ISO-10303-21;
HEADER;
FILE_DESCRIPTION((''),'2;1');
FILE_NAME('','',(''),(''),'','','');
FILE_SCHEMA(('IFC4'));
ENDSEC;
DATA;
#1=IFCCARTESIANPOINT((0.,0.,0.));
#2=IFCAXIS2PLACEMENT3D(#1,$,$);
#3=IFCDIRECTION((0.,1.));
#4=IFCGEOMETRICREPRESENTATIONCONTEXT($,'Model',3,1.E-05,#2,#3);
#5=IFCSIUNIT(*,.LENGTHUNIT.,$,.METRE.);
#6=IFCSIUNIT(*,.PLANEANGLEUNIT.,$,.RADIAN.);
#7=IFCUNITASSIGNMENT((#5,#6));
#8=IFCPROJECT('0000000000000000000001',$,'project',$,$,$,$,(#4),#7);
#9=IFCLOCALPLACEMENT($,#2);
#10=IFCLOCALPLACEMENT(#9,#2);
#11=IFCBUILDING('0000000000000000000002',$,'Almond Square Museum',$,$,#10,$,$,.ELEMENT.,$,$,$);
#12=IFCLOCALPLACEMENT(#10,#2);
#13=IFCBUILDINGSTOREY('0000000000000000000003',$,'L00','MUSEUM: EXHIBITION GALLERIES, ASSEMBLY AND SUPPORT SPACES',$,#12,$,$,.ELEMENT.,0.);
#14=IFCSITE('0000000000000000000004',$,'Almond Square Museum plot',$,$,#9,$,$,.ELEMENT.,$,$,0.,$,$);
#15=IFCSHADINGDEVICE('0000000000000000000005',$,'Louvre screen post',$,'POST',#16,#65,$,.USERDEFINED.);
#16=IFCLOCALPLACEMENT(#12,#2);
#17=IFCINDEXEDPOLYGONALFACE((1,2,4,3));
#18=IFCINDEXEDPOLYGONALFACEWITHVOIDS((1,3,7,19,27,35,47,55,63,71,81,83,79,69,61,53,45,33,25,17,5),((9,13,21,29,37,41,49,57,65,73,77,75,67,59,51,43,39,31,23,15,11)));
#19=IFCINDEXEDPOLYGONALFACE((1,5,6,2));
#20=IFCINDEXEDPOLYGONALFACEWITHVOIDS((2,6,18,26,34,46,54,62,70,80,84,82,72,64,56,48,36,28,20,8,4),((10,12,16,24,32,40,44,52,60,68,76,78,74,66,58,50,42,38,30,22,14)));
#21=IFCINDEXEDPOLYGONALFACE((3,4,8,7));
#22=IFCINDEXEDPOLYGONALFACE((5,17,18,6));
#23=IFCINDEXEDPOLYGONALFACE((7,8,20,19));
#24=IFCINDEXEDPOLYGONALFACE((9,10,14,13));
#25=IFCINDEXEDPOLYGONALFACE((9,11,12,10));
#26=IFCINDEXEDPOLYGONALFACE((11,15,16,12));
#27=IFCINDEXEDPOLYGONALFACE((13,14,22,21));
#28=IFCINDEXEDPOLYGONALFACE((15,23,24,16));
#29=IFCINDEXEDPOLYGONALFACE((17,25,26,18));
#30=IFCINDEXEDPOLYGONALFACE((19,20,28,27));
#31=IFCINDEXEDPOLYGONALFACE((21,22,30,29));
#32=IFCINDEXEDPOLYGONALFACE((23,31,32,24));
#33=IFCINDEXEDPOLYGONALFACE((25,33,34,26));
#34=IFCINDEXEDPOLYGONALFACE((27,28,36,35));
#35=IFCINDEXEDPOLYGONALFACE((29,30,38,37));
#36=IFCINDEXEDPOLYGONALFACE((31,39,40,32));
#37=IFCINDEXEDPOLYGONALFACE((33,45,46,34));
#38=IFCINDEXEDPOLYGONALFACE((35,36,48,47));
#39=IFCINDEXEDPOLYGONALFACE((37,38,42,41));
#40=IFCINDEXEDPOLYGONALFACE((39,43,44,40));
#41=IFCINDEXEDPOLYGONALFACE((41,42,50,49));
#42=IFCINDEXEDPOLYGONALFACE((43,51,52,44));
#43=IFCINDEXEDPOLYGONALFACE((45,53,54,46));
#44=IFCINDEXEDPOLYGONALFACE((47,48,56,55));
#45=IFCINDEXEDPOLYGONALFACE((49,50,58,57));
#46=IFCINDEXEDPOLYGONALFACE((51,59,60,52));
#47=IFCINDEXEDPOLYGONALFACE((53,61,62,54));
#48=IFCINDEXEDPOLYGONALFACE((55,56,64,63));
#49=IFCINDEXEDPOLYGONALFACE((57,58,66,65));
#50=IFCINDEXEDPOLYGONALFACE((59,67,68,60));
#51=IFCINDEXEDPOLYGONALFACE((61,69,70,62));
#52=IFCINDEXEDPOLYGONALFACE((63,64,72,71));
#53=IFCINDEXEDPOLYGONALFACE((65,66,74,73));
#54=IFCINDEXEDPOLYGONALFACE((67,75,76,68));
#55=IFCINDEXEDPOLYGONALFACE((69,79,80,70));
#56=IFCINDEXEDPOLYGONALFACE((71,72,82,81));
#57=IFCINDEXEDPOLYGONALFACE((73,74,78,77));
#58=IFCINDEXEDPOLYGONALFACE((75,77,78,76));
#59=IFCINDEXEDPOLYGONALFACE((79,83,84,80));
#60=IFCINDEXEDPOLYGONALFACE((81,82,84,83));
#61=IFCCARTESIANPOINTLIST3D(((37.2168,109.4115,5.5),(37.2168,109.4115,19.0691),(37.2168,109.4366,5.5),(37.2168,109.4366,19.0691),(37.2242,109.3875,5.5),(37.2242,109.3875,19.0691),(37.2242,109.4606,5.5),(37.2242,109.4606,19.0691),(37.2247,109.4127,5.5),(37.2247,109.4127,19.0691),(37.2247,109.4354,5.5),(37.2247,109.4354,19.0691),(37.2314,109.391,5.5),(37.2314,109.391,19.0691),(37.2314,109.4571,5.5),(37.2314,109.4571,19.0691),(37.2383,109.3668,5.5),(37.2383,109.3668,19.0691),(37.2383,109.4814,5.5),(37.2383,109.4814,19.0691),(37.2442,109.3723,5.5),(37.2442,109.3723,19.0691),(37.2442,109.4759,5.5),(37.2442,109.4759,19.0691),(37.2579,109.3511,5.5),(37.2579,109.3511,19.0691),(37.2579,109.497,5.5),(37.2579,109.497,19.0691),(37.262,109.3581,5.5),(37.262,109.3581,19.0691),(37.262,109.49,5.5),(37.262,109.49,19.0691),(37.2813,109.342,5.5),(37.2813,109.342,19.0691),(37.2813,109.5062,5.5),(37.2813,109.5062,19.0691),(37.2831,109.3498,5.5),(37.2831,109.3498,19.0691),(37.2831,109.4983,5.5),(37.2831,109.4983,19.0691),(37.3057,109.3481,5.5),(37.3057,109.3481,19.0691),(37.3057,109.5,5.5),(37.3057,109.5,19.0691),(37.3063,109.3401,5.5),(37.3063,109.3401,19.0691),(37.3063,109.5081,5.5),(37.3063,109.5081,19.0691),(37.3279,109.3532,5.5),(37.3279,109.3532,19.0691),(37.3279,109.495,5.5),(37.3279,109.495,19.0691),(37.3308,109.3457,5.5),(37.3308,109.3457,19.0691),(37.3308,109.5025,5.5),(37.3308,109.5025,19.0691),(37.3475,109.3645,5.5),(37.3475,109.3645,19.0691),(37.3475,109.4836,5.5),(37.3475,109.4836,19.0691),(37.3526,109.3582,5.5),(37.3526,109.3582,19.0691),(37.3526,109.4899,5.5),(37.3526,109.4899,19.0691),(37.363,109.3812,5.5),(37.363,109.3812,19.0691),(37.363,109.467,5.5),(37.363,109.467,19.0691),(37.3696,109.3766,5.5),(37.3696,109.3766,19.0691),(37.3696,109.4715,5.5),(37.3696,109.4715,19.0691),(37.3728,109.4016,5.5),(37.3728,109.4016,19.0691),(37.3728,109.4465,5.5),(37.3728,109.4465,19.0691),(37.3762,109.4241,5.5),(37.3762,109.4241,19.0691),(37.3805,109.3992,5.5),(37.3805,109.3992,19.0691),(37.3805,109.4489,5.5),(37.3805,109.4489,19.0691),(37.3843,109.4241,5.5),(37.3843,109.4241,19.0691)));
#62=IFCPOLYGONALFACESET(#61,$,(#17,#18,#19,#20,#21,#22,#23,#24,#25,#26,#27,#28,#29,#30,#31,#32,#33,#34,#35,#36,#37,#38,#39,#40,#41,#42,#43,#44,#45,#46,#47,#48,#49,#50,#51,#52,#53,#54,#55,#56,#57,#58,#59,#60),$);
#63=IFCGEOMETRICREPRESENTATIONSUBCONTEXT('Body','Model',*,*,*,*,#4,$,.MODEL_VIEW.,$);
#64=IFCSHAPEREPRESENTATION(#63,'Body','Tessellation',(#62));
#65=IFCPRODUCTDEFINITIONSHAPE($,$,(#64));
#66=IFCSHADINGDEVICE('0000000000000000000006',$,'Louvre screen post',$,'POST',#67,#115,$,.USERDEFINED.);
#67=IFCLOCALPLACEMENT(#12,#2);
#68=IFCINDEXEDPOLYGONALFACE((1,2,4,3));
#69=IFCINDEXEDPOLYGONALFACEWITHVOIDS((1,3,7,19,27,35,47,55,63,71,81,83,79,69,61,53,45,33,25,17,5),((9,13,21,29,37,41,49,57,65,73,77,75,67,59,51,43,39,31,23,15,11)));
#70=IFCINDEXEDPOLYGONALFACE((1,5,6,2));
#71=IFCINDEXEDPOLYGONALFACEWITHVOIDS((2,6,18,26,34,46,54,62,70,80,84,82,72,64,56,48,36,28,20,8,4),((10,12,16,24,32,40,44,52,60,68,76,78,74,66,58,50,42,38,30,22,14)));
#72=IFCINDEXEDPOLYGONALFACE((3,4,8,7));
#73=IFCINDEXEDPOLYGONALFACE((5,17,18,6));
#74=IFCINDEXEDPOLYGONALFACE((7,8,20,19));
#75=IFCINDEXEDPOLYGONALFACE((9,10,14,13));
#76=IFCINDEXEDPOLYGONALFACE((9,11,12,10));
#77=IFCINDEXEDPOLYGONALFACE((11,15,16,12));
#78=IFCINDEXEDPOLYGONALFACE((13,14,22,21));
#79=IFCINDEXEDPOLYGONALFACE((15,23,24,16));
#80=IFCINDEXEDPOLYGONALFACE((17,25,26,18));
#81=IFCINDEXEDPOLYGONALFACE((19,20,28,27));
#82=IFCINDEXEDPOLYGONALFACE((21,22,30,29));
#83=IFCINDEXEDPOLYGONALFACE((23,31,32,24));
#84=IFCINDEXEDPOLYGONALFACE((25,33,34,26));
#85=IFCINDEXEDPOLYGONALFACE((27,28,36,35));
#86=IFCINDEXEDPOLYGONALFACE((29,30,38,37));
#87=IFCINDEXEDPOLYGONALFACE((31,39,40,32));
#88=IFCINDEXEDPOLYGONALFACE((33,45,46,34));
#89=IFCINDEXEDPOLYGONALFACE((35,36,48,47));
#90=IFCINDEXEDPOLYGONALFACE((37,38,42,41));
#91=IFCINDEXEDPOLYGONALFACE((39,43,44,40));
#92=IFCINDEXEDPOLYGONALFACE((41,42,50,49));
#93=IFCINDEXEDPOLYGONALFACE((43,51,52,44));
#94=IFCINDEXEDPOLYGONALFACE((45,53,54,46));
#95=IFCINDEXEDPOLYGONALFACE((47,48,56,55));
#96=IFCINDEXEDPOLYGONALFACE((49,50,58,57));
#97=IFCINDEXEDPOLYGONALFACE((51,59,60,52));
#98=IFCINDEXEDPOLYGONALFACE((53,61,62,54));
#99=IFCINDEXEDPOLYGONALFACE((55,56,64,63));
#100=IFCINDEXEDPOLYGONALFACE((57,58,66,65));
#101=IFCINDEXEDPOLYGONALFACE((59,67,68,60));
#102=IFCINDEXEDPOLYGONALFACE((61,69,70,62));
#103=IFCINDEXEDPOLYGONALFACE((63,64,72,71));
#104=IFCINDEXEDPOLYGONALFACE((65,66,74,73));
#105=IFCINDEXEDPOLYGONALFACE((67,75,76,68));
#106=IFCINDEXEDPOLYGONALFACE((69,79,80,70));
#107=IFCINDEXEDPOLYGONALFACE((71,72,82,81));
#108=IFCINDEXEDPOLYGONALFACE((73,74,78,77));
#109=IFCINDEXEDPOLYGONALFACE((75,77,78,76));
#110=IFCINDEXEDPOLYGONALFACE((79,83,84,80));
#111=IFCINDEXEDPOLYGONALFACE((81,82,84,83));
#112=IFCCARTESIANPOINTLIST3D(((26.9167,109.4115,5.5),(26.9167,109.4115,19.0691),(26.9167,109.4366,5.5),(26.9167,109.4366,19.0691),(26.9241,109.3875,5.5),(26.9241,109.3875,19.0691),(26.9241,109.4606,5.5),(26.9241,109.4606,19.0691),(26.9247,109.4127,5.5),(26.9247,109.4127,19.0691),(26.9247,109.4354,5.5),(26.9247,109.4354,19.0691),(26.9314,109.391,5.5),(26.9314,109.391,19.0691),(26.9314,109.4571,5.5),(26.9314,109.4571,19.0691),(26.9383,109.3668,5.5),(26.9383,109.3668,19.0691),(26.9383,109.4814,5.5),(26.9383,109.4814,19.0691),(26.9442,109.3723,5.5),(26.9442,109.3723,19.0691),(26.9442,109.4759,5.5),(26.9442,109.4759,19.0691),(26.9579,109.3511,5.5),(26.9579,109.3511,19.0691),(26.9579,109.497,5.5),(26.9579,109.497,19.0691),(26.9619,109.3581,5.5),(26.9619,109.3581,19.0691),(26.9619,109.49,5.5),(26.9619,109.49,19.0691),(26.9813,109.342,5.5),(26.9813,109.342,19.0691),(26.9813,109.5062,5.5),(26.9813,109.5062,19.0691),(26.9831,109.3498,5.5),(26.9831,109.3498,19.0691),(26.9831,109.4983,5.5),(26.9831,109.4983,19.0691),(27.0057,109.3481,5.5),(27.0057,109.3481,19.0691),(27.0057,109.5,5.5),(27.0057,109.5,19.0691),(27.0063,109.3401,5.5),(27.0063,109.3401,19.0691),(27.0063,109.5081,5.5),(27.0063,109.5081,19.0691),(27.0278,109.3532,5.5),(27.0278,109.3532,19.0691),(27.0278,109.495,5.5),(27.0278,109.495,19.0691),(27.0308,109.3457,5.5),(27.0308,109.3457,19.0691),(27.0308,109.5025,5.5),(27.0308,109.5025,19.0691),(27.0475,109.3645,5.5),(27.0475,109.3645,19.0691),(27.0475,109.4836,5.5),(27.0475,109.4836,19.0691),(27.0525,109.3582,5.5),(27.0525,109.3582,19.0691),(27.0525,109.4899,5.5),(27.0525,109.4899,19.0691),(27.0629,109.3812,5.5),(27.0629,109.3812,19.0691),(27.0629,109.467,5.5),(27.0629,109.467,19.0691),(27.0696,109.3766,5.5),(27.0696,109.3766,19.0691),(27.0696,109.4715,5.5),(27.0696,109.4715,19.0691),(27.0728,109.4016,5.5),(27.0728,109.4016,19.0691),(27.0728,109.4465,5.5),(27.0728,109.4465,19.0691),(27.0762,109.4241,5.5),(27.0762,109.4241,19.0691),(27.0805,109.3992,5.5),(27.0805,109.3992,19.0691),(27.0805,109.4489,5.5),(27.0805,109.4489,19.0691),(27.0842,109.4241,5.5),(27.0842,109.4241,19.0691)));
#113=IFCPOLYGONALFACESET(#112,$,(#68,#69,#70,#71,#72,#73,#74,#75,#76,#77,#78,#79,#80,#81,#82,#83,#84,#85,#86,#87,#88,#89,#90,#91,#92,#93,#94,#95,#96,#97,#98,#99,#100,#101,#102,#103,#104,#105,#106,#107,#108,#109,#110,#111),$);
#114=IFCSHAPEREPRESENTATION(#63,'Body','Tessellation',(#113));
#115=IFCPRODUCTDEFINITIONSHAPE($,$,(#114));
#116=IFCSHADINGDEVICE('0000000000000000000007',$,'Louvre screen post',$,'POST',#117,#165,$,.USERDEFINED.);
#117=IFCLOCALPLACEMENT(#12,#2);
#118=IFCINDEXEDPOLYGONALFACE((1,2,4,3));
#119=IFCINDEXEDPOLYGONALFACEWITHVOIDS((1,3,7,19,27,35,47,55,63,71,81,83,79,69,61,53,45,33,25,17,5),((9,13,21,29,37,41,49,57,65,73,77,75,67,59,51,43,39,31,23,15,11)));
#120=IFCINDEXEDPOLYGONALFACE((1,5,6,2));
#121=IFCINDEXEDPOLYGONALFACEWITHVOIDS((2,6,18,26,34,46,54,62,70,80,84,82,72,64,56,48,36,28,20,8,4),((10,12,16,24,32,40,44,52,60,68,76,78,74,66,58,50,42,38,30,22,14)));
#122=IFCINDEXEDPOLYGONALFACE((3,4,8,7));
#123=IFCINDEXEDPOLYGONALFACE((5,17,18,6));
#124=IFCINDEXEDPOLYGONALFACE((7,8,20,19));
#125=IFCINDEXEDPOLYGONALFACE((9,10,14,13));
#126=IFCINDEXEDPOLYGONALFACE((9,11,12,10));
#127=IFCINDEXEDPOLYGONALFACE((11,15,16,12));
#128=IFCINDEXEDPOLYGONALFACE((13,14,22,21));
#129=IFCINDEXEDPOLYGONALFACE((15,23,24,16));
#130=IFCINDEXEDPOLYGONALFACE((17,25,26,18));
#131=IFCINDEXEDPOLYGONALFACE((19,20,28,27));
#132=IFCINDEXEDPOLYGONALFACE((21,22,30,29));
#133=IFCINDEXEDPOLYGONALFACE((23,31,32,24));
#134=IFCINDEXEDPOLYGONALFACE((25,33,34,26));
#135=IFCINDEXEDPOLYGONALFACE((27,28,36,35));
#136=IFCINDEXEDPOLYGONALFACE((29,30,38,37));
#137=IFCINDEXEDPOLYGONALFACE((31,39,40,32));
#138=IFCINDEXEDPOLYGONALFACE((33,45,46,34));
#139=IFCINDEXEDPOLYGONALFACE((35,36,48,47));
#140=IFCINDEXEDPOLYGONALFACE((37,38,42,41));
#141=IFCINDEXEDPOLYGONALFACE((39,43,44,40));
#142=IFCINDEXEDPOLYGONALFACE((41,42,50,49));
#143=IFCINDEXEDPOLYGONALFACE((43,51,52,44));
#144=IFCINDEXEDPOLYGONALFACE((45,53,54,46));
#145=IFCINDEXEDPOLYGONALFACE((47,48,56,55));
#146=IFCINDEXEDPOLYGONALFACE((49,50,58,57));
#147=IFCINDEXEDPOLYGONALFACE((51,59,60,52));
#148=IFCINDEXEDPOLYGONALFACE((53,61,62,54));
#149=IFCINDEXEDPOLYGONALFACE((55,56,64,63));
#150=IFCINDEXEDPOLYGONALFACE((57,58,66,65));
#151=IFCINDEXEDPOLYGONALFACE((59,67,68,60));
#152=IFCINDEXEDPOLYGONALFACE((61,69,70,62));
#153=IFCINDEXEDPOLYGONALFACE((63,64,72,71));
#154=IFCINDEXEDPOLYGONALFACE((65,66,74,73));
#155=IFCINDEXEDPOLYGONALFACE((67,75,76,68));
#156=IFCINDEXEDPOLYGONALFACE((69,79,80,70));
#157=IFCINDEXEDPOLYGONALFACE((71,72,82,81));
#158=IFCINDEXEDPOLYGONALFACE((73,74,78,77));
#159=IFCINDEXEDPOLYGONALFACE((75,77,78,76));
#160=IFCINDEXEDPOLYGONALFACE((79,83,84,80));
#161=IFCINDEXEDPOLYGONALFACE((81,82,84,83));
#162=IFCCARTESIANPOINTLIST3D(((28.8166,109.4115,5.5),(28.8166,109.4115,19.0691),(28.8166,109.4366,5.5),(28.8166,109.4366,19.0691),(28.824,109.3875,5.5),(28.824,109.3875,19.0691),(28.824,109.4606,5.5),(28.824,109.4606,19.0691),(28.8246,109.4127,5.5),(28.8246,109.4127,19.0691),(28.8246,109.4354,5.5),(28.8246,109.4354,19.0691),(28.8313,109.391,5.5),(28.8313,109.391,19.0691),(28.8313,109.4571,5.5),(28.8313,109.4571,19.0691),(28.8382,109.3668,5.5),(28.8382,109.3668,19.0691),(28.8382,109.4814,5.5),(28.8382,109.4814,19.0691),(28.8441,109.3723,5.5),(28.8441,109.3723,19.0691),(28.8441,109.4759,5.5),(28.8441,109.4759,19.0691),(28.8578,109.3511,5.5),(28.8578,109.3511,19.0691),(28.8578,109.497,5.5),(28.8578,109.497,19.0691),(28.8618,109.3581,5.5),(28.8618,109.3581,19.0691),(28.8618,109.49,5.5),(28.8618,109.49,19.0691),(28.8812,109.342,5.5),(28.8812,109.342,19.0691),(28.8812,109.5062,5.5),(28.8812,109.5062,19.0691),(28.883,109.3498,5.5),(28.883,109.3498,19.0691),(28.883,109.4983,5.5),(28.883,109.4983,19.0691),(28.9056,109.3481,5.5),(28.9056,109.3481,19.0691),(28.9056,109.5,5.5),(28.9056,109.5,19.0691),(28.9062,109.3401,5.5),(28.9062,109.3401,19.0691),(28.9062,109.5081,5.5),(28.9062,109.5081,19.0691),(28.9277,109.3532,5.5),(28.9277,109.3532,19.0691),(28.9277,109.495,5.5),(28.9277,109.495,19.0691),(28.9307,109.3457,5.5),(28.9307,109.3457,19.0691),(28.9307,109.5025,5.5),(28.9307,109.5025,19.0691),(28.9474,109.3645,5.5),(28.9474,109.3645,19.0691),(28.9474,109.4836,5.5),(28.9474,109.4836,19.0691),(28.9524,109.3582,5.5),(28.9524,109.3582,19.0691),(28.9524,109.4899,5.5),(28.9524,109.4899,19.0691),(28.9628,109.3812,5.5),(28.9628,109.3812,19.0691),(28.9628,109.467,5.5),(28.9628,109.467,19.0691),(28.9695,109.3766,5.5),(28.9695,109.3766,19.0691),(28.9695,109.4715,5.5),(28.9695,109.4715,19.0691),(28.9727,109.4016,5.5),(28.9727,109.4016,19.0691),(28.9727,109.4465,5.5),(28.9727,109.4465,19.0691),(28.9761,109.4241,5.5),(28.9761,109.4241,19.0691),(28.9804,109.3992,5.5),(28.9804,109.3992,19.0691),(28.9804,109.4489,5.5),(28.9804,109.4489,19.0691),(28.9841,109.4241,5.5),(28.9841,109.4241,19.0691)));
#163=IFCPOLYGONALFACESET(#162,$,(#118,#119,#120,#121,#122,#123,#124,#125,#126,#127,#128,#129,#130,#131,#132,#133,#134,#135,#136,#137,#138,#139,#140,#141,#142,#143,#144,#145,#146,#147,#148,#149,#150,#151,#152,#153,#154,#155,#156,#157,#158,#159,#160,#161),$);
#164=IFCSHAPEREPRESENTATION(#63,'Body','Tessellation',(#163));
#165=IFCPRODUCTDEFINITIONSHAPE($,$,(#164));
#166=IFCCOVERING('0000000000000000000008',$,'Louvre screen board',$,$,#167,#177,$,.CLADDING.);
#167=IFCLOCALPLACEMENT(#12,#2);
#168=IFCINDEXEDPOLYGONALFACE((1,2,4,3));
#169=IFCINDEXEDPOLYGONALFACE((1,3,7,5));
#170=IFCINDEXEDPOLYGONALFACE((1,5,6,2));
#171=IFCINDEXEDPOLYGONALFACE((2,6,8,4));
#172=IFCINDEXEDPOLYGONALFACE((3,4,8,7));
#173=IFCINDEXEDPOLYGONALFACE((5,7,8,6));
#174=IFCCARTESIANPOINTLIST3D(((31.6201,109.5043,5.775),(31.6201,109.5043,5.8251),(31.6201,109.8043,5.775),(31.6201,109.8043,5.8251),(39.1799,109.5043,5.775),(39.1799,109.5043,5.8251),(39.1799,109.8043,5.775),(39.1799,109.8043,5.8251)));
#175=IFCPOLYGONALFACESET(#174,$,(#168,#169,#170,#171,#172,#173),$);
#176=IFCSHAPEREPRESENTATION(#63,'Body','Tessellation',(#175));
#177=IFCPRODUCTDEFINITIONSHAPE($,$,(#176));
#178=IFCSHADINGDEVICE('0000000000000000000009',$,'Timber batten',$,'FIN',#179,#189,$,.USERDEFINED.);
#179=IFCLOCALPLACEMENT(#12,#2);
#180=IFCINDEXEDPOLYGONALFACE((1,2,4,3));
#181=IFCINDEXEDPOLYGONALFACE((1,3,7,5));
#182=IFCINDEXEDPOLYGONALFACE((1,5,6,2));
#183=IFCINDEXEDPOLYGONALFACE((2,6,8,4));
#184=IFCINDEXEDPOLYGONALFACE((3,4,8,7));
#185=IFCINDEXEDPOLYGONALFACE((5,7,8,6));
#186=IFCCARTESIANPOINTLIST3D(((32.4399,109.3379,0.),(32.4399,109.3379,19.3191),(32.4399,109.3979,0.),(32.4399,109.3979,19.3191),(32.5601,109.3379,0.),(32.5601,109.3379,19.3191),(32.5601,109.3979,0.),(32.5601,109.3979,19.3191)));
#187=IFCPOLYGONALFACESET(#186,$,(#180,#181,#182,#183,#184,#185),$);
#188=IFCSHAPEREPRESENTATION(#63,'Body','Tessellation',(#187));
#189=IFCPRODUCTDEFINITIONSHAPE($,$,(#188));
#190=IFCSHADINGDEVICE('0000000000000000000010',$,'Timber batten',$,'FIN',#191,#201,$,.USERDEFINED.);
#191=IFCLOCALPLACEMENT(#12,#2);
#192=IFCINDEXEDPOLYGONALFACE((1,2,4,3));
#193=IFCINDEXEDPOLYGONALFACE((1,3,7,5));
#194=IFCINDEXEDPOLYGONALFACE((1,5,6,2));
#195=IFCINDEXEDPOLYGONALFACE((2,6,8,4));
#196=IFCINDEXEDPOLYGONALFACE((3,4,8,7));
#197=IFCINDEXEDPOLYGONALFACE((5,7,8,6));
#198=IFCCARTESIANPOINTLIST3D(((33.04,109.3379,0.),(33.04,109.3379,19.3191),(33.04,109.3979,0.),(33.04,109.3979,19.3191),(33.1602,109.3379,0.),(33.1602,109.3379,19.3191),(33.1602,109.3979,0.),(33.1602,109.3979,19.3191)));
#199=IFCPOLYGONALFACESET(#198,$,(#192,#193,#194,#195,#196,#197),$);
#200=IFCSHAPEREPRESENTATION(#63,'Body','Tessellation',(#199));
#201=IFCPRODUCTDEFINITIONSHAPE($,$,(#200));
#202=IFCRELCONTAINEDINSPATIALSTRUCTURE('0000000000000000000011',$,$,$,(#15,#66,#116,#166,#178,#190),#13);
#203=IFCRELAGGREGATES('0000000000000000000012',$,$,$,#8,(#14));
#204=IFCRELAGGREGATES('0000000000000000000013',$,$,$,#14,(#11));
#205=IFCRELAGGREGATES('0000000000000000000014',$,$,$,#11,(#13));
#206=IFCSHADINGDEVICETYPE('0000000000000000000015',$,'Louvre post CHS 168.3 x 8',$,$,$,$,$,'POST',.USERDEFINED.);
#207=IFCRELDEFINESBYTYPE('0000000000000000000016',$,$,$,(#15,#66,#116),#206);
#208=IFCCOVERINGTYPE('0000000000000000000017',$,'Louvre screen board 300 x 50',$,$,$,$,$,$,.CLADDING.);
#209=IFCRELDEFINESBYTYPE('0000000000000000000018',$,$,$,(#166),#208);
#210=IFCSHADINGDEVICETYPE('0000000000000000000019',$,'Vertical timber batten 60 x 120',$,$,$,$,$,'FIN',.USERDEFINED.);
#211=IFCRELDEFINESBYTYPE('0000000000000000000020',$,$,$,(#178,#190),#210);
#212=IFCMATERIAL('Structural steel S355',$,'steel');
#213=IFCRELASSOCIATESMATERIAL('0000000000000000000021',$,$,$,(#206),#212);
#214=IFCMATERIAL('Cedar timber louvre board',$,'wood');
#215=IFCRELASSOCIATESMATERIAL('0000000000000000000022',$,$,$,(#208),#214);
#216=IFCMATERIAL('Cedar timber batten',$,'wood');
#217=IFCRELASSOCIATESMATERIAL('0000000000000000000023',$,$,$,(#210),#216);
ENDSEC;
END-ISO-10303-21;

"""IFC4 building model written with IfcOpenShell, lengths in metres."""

from ifc_helpers import new_model, si_unit, direction, frame, origin, origin_2d, place, context, subcontext, project, spatial, rectangle, hollow_circle, extrude, material, material_profile, profile_set, type_object, element, save


model = new_model("IFC4")

# Units and contexts
model_context = context("Model", 3, precision=1e-05, world=origin(), true_north=direction((0.0, 1.0)))
body_context = subcontext(model_context, "Body", "Model", "MODEL_VIEW")
ifc_project = project(units=[si_unit("LENGTHUNIT", "METRE"), si_unit("PLANEANGLEUNIT", "RADIAN")], contexts=[model_context])

# Site, building, storey
site_placement = place(None, origin())
site = spatial("IfcSite", under=ifc_project, at=site_placement, Name="Almond Square Museum plot", CompositionType="ELEMENT", RefElevation=0.0)
building_placement = place(site_placement, origin())
building = spatial("IfcBuilding", under=site, at=building_placement, Name="Almond Square Museum", CompositionType="ELEMENT")
storey_placement = place(building_placement, origin())
storey = spatial("IfcBuildingStorey", under=building, at=storey_placement, Name="L00", Description="MUSEUM: EXHIBITION GALLERIES, ASSEMBLY AND SUPPORT SPACES", CompositionType="ELEMENT", Elevation=0.0)

# Shading devices
ifc_material_1 = material(Name="Structural steel S355", Category="steel")
ifc_material_profile_1 = material_profile(ifc_material_1, hollow_circle(Radius=0.0842, WallThickness=0.0081, at=origin_2d()))
ifc_profile_set_1 = profile_set([ifc_material_profile_1], Name="Structural steel S355")
shading_device_type_1 = type_object("IfcShadingDeviceType", Name="Louvre post CHS 168.3 x 8", ElementType="POST", PredefinedType="USERDEFINED", material=ifc_profile_set_1)
for number, where, z_axis, x_axis, name in (
    (1, (37.3, 109.4241, 5.5), (0.0, 0.0, 1.0), (1.0, 0.0, 0.0), "Louvre screen post"),
    (2, (27.0, 109.4241, 5.5), (0.0, 0.0, 1.0), (1.0, 0.0, 0.0), "Louvre screen post"),
    (3, (28.8999, 109.4241, 5.5), (0.0, 0.0, 1.0), (1.0, 0.0, 0.0), "Louvre screen post"),
):
    element("IfcShadingDevice", number, at=place(storey_placement, frame(where, z_axis=z_axis, x_axis=x_axis)), inside=storey, type_object=shading_device_type_1, Name=name, ObjectType="POST", PredefinedType="USERDEFINED", context=body_context, shape_type="SweptSolid", body=[
        extrude(hollow_circle(Radius=0.0842, WallThickness=0.0081, at=origin_2d()), origin(), (0.0, 0.0, 1.0), 13.5691),
    ])

# Covering
ifc_material_2 = material(Name="Cedar timber louvre board", Category="wood")
ifc_material_profile_2 = material_profile(ifc_material_2, rectangle(XDim=0.3, YDim=0.05, at=origin_2d()))
ifc_profile_set_2 = profile_set([ifc_material_profile_2], Name="Cedar timber louvre board")
covering_type = type_object("IfcCoveringType", Name="Louvre screen board 300 x 50", PredefinedType="CLADDING", material=ifc_profile_set_2)
covering_placement = place(storey_placement, frame((31.6201, 109.6543, 5.8), z_axis=(1.0, 0.0, 0.0), x_axis=(0.0, 1.0, 0.0)))
element("IfcCovering", 4, at=covering_placement, inside=storey, type_object=covering_type, Name="Louvre screen board", PredefinedType="CLADDING", context=body_context, shape_type="SweptSolid", body=[
    extrude(rectangle(XDim=0.3, YDim=0.05, at=origin_2d()), origin(), (0.0, 0.0, 1.0), 7.5598),
])

# Shading devices
ifc_material_3 = material(Name="Cedar timber batten", Category="wood")
ifc_material_profile_3 = material_profile(ifc_material_3, rectangle(XDim=0.0601, YDim=0.1201, at=origin_2d()))
ifc_profile_set_3 = profile_set([ifc_material_profile_3], Name="Cedar timber batten")
shading_device_type_2 = type_object("IfcShadingDeviceType", Name="Vertical timber batten 60 x 120", ElementType="FIN", PredefinedType="USERDEFINED", material=ifc_profile_set_3)
for number, where, z_axis, x_axis, name in (
    (5, (32.5, 109.3679, 0.0), (0.0, 0.0, 1.0), (0.0, 1.0, 0.0), "Timber batten"),
    (6, (33.1001, 109.3679, 0.0), (0.0, 0.0, 1.0), (0.0, 1.0, 0.0), "Timber batten"),
):
    element("IfcShadingDevice", number, at=place(storey_placement, frame(where, z_axis=z_axis, x_axis=x_axis)), inside=storey, type_object=shading_device_type_2, Name=name, ObjectType="FIN", PredefinedType="USERDEFINED", context=body_context, shape_type="SweptSolid", body=[
        extrude(rectangle(XDim=0.0601, YDim=0.1201, at=origin_2d()), origin(), (0.0, 0.0, 1.0), 19.3191),
    ])

save(model, "model.ifc")
